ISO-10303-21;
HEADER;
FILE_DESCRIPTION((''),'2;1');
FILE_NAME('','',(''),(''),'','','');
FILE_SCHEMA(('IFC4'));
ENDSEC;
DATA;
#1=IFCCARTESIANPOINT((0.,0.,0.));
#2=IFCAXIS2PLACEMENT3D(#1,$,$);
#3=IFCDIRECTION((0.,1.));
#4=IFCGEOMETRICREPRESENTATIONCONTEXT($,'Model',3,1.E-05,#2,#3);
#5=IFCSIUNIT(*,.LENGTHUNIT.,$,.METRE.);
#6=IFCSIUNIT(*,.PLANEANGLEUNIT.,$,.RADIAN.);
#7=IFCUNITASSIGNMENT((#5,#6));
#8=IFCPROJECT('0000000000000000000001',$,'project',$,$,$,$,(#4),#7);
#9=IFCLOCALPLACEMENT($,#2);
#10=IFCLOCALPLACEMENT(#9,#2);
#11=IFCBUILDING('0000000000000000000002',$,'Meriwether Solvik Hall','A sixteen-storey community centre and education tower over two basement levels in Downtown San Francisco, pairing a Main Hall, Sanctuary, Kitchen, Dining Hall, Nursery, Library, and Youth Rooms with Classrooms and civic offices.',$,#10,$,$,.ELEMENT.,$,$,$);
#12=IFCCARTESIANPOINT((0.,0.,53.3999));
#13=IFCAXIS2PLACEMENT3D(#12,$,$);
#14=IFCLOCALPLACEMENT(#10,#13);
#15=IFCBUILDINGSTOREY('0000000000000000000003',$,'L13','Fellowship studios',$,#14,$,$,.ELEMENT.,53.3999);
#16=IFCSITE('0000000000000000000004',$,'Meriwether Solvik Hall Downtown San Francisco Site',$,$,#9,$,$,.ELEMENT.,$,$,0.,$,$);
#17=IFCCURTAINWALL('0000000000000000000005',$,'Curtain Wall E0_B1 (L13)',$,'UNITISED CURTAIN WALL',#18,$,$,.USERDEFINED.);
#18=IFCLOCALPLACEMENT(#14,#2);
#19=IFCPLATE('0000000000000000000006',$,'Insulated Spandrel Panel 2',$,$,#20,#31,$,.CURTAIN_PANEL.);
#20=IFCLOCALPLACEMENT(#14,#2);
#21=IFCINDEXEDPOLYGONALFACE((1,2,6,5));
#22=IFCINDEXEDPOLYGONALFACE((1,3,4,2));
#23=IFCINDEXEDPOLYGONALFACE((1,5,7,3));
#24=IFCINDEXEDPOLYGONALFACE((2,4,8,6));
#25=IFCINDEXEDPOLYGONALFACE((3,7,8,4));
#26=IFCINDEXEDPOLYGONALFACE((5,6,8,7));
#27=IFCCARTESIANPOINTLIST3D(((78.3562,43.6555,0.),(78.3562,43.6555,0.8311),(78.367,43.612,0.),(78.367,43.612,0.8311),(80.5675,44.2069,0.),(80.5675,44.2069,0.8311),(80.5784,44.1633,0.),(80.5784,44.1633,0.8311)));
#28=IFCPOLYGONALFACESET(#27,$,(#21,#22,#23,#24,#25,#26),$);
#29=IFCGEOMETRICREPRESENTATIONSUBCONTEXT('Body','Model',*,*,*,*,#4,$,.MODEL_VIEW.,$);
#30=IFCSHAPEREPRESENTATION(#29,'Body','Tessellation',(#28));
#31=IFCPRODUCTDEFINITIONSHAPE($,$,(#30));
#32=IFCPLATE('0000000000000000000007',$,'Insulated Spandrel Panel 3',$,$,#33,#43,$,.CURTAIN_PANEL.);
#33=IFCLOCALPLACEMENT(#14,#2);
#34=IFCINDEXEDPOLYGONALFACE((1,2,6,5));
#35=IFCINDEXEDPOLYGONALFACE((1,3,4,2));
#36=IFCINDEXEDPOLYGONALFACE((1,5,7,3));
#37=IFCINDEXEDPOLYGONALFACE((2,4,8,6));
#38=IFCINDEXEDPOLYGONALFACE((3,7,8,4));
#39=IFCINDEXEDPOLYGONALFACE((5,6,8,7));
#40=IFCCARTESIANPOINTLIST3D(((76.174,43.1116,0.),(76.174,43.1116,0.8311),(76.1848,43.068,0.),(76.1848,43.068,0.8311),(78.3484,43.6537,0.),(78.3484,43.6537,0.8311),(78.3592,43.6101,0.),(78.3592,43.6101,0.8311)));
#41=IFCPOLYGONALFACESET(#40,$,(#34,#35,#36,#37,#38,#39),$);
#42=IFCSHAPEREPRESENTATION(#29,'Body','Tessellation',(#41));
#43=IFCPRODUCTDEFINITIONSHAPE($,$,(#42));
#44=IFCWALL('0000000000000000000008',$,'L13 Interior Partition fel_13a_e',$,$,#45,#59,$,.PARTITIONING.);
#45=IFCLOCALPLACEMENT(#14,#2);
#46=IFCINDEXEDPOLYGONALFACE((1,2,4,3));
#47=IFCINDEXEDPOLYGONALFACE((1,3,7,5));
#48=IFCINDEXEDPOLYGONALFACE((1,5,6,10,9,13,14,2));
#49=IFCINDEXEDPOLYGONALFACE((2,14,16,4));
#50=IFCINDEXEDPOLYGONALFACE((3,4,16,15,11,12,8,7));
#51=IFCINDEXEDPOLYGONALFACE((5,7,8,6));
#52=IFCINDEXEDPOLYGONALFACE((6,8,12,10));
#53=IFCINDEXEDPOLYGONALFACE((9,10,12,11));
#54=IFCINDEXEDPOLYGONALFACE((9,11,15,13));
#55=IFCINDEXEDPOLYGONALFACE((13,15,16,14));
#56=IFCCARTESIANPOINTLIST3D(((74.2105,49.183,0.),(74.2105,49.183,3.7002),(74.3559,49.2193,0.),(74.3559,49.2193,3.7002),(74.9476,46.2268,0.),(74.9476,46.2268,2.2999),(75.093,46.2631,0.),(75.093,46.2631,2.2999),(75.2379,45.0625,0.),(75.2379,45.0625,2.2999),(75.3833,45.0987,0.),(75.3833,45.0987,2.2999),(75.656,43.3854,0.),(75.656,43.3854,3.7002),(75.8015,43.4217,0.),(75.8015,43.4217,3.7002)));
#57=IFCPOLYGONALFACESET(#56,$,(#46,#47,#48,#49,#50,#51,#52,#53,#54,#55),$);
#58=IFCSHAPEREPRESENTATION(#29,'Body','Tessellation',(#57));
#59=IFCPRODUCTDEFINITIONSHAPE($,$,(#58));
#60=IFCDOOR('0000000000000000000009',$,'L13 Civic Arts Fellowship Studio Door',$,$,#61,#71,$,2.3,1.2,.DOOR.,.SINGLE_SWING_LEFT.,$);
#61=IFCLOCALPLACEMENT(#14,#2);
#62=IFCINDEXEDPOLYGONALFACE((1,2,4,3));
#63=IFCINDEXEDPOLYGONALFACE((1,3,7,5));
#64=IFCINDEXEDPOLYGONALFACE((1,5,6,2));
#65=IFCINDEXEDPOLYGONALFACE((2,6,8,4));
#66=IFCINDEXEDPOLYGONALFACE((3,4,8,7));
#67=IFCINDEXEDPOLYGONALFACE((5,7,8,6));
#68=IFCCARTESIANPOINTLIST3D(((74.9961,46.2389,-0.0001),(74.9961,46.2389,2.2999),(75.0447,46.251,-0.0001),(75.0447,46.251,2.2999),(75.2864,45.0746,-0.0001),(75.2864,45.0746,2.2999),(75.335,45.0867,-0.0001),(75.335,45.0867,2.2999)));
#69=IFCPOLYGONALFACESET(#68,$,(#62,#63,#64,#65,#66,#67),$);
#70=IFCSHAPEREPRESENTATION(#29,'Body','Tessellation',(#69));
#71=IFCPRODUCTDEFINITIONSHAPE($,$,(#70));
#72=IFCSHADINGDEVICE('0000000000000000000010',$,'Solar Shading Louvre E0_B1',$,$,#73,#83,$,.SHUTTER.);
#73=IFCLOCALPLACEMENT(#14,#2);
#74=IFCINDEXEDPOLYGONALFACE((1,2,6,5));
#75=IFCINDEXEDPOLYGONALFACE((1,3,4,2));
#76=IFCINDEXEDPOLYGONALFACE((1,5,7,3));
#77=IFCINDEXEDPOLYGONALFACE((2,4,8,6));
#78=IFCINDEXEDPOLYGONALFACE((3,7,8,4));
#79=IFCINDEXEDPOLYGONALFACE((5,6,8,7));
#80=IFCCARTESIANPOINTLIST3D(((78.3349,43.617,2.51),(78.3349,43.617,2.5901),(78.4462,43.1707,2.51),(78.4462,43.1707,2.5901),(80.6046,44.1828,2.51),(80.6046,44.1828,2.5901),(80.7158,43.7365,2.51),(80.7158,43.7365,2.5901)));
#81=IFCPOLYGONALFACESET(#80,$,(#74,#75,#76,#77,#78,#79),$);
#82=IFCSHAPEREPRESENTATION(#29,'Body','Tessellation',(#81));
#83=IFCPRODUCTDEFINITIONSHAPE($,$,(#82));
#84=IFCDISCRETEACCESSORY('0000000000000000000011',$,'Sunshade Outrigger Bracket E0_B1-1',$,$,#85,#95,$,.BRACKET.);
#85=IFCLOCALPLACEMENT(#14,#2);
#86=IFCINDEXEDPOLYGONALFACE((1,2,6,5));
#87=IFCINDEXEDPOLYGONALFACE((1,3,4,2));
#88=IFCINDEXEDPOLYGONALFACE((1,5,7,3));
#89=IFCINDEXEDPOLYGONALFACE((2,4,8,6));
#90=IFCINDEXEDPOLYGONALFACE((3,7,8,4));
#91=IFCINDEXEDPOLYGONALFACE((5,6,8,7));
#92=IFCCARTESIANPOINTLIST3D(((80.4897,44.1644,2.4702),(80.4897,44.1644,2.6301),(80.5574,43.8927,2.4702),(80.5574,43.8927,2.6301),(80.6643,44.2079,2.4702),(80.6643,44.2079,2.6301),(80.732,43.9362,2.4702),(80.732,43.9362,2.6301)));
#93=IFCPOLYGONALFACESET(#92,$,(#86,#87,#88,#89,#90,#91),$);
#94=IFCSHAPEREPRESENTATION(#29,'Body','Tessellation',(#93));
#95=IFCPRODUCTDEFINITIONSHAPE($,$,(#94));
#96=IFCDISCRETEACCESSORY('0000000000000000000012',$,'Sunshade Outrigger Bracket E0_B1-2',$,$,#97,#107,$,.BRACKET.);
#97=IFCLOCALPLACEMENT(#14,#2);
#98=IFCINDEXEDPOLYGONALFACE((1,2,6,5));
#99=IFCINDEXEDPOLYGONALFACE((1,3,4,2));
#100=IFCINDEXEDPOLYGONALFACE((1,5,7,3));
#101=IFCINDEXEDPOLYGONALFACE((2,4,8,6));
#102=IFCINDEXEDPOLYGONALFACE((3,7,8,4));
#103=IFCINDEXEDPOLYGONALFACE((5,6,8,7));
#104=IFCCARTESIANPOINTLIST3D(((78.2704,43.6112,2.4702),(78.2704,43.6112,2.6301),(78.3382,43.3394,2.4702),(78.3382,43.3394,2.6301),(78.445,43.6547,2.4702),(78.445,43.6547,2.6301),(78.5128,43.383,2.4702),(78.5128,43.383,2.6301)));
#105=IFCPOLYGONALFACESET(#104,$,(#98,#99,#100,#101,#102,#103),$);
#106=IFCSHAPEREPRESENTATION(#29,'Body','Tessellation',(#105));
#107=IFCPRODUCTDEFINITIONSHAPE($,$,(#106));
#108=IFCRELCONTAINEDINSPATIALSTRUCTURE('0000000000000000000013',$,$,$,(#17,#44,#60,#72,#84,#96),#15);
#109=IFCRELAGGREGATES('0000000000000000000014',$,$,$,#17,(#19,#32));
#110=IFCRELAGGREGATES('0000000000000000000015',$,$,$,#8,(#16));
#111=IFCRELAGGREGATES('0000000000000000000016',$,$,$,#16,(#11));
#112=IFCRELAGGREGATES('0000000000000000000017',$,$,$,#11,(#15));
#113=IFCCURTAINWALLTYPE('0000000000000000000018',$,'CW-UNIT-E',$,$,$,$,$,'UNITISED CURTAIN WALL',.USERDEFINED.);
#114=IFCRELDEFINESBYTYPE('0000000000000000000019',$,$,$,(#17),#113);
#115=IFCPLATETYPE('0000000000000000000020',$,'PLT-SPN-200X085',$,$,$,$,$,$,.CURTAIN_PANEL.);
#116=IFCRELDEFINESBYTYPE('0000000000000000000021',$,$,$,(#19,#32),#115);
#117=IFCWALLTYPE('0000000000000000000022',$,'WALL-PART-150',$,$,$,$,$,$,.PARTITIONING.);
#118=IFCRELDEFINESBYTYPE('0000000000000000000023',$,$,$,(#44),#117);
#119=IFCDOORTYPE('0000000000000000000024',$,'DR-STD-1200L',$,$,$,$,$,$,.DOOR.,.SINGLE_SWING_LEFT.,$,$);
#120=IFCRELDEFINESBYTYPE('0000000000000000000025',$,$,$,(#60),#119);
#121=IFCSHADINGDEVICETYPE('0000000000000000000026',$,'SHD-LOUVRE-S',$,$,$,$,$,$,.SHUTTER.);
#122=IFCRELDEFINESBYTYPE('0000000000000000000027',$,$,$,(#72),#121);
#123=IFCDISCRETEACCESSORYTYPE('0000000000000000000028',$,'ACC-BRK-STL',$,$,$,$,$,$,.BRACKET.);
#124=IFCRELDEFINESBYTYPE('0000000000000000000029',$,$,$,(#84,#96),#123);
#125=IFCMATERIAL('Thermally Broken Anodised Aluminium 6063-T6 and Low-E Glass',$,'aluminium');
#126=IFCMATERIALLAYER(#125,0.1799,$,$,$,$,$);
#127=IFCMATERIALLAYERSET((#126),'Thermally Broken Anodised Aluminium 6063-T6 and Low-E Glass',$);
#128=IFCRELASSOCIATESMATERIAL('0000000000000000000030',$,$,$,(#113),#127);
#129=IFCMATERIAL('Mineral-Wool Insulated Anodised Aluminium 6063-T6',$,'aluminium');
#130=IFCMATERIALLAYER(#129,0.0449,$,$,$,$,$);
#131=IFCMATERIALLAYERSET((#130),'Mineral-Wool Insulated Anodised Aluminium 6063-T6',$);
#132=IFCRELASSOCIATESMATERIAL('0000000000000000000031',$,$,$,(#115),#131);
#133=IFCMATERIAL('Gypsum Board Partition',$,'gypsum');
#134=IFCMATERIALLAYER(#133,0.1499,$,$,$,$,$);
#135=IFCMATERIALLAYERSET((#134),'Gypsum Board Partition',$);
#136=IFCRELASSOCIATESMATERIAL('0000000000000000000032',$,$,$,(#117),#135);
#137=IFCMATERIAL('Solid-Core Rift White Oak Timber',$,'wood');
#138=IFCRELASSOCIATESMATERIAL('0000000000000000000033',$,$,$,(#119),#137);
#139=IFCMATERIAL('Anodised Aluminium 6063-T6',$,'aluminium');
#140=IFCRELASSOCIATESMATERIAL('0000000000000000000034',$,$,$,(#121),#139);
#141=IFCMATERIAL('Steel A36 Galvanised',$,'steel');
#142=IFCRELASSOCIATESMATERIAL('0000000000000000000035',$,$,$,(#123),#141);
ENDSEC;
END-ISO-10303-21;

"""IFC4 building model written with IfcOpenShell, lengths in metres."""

from ifc_helpers import new_model, si_unit, direction, frame, frame_2d, origin, origin_2d, place, context, subcontext, project, spatial, rectangle, extrude, material, layer, layer_set, type_object, element, fill, aggregate, save


model = new_model("IFC4")

# Units and contexts
model_context = context("Model", 3, precision=1e-05, world=origin(), true_north=direction((0.0, 1.0)))
body_context = subcontext(model_context, "Body", "Model", "MODEL_VIEW")
ifc_project = project(units=[si_unit("LENGTHUNIT", "METRE"), si_unit("PLANEANGLEUNIT", "RADIAN")], contexts=[model_context])

# Site, building, storey
site_placement = place(None, origin())
site = spatial("IfcSite", under=ifc_project, at=site_placement, Name="Meriwether Solvik Hall Downtown San Francisco Site", CompositionType="ELEMENT", RefElevation=0.0)
building_placement = place(site_placement, origin())
building = spatial("IfcBuilding", under=site, at=building_placement, Name="Meriwether Solvik Hall", Description="A sixteen-storey community centre and education tower over two basement levels in Downtown San Francisco, pairing a Main Hall, Sanctuary, Kitchen, Dining Hall, Nursery, Library, and Youth Rooms with Classrooms and civic offices.", CompositionType="ELEMENT")
storey_placement = place(building_placement, frame((0.0, 0.0, 53.3999)))
storey = spatial("IfcBuildingStorey", under=building, at=storey_placement, Name="L13", Description="Fellowship studios", CompositionType="ELEMENT", Elevation=53.3999)

# Curtain wall
ifc_material_1 = material(Name="Thermally Broken Anodised Aluminium 6063-T6 and Low-E Glass", Category="aluminium")
ifc_layer_1 = layer(ifc_material_1, 0.1799)
ifc_layer_set_1 = layer_set([ifc_layer_1], Name="Thermally Broken Anodised Aluminium 6063-T6 and Low-E Glass")
curtain_wall_type_1 = type_object("IfcCurtainWallType", Name="CW-UNIT-E", ElementType="UNITISED CURTAIN WALL", PredefinedType="USERDEFINED", material=ifc_layer_set_1)
curtain_wall_1_placement = place(storey_placement, origin())
curtain_wall_1 = element("IfcCurtainWall", 1, at=curtain_wall_1_placement, inside=storey, type_object=curtain_wall_type_1, Name="Curtain Wall E0_B1 (L13)", ObjectType="UNITISED CURTAIN WALL", PredefinedType="USERDEFINED")

# Plates
ifc_material_2 = material(Name="Mineral-Wool Insulated Anodised Aluminium 6063-T6", Category="aluminium")
ifc_layer_2 = layer(ifc_material_2, 0.0449)
ifc_layer_set_2 = layer_set([ifc_layer_2], Name="Mineral-Wool Insulated Anodised Aluminium 6063-T6")
plate_type_1 = type_object("IfcPlateType", Name="PLT-SPN-200X085", PredefinedType="CURTAIN_PANEL", material=ifc_layer_set_2)
plate_1_placement = place(storey_placement, frame((79.4673, 43.9094, 0.0), z_axis=(0.0, 0.0, 1.0), x_axis=(-0.970296, -0.241922, 0.0)))
plate_1 = element("IfcPlate", 2, at=plate_1_placement, type_object=plate_type_1, Name="Insulated Spandrel Panel 2", PredefinedType="CURTAIN_PANEL", context=body_context, shape_type="SweptSolid", body=[
    extrude(rectangle(XDim=2.2791, YDim=0.0449, at=origin_2d()), origin(), (0.0, 0.0, 1.0), 0.8311),
])
plate_2_placement = place(storey_placement, frame((77.2666, 43.3608, 0.0), z_axis=(0.0, 0.0, 1.0), x_axis=(-0.970296, -0.241922, 0.0)))
plate_2 = element("IfcPlate", 3, at=plate_2_placement, type_object=plate_type_1, Name="Insulated Spandrel Panel 3", PredefinedType="CURTAIN_PANEL", context=body_context, shape_type="SweptSolid", body=[
    extrude(rectangle(XDim=2.241, YDim=0.0449, at=origin_2d()), origin(), (0.0, 0.0, 1.0), 0.8311),
])
aggregate(curtain_wall_1, [plate_1, plate_2])

# Wall, opening, door
ifc_material_3 = material(Name="Gypsum Board Partition", Category="gypsum")
ifc_layer_3 = layer(ifc_material_3, 0.1499)
ifc_layer_set_3 = layer_set([ifc_layer_3], Name="Gypsum Board Partition")
wall_type = type_object("IfcWallType", Name="WALL-PART-150", PredefinedType="PARTITIONING", material=ifc_layer_set_3)
wall_placement = place(storey_placement, frame((75.7288, 43.4036, 0.0), z_axis=(0.0, 0.0, 1.0), x_axis=(-0.24193, 0.970294, 0.0)))
wall = element("IfcWall", 4, at=wall_placement, inside=storey, type_object=wall_type, Name="L13 Interior Partition fel_13a_e", PredefinedType="PARTITIONING", context=body_context, shape_type="SweptSolid", body=[
    extrude(rectangle(XDim=5.9751, YDim=0.1499, at=frame_2d((2.9875, 0.0))), origin(), (0.0, 0.0, 1.0), 3.7002),
])
opening_placement = place(wall_placement, frame((1.7283, 0.0, 0.0)))
opening = element("IfcOpeningElement", 5, at=opening_placement, cuts=wall, PredefinedType="OPENING", context=body_context, shape_type="SweptSolid", body=[
    extrude(rectangle(XDim=1.2, YDim=2.3, at=frame_2d((0.6001, 1.1499))), frame((0.0, 0.0869, 0.0), z_axis=(0.0, -1.0, 0.0), x_axis=(1.0, 0.0, 0.0)), (0.0, 0.0, 1.0), 0.1738),
])
ifc_material_4 = material(Name="Solid-Core Rift White Oak Timber", Category="wood")
door_type = type_object("IfcDoorType", Name="DR-STD-1200L", OperationType="SINGLE_SWING_LEFT", PredefinedType="DOOR", material=ifc_material_4)
door_placement = place(opening_placement, origin())
door = element("IfcDoor", 6, at=door_placement, inside=storey, type_object=door_type, Name="L13 Civic Arts Fellowship Studio Door", OperationType="SINGLE_SWING_LEFT", OverallHeight=2.3, OverallWidth=1.2, PredefinedType="DOOR", context=body_context, shape_type="SweptSolid", body=[
    extrude(rectangle(XDim=1.2, YDim=2.3, at=frame_2d((0.6001, 1.1499))), frame((0.0, 0.0249, 0.0), z_axis=(0.0, -1.0, 0.0), x_axis=(1.0, 0.0, 0.0)), (0.0, 0.0, 1.0), 0.05),
])
fill(opening, door)

# Shading device
ifc_material_5 = material(Name="Anodised Aluminium 6063-T6", Category="aluminium")
shading_device_type = type_object("IfcShadingDeviceType", Name="SHD-LOUVRE-S", PredefinedType="SHUTTER", material=ifc_material_5)
shading_device_placement = place(storey_placement, frame((79.5254, 43.6768, 2.51), z_axis=(0.0, 0.0, 1.0), x_axis=(-0.970296, -0.241922, 0.0)))
element("IfcShadingDevice", 7, at=shading_device_placement, inside=storey, type_object=shading_device_type, Name="Solar Shading Louvre E0_B1", PredefinedType="SHUTTER", context=body_context, shape_type="SweptSolid", body=[
    extrude(rectangle(XDim=2.3391, YDim=0.46, at=origin_2d()), origin(), (0.0, 0.0, 1.0), 0.0801),
])

# Discrete accessories
ifc_material_6 = material(Name="Steel A36 Galvanised", Category="steel")
discrete_accessory_type = type_object("IfcDiscreteAccessoryType", Name="ACC-BRK-STL", PredefinedType="BRACKET", material=ifc_material_6)
for number, where, z_axis, x_axis, name in (
    (8, (80.6108, 44.0503, 2.4702), (0.0, 0.0, 1.0), (-0.970296, -0.241922, 0.0), "Sunshade Outrigger Bracket E0_B1-1"),
    (9, (78.3916, 43.4971, 2.4702), (0.0, 0.0, 1.0), (-0.970296, -0.241922, 0.0), "Sunshade Outrigger Bracket E0_B1-2"),
):
    element("IfcDiscreteAccessory", number, at=place(storey_placement, frame(where, z_axis=z_axis, x_axis=x_axis)), inside=storey, type_object=discrete_accessory_type, Name=name, PredefinedType="BRACKET", context=body_context, shape_type="SweptSolid", body=[
        extrude(rectangle(XDim=0.1799, YDim=0.28, at=origin_2d()), origin(), (0.0, 0.0, 1.0), 0.1599),
    ])

save(model, "model.ifc")
